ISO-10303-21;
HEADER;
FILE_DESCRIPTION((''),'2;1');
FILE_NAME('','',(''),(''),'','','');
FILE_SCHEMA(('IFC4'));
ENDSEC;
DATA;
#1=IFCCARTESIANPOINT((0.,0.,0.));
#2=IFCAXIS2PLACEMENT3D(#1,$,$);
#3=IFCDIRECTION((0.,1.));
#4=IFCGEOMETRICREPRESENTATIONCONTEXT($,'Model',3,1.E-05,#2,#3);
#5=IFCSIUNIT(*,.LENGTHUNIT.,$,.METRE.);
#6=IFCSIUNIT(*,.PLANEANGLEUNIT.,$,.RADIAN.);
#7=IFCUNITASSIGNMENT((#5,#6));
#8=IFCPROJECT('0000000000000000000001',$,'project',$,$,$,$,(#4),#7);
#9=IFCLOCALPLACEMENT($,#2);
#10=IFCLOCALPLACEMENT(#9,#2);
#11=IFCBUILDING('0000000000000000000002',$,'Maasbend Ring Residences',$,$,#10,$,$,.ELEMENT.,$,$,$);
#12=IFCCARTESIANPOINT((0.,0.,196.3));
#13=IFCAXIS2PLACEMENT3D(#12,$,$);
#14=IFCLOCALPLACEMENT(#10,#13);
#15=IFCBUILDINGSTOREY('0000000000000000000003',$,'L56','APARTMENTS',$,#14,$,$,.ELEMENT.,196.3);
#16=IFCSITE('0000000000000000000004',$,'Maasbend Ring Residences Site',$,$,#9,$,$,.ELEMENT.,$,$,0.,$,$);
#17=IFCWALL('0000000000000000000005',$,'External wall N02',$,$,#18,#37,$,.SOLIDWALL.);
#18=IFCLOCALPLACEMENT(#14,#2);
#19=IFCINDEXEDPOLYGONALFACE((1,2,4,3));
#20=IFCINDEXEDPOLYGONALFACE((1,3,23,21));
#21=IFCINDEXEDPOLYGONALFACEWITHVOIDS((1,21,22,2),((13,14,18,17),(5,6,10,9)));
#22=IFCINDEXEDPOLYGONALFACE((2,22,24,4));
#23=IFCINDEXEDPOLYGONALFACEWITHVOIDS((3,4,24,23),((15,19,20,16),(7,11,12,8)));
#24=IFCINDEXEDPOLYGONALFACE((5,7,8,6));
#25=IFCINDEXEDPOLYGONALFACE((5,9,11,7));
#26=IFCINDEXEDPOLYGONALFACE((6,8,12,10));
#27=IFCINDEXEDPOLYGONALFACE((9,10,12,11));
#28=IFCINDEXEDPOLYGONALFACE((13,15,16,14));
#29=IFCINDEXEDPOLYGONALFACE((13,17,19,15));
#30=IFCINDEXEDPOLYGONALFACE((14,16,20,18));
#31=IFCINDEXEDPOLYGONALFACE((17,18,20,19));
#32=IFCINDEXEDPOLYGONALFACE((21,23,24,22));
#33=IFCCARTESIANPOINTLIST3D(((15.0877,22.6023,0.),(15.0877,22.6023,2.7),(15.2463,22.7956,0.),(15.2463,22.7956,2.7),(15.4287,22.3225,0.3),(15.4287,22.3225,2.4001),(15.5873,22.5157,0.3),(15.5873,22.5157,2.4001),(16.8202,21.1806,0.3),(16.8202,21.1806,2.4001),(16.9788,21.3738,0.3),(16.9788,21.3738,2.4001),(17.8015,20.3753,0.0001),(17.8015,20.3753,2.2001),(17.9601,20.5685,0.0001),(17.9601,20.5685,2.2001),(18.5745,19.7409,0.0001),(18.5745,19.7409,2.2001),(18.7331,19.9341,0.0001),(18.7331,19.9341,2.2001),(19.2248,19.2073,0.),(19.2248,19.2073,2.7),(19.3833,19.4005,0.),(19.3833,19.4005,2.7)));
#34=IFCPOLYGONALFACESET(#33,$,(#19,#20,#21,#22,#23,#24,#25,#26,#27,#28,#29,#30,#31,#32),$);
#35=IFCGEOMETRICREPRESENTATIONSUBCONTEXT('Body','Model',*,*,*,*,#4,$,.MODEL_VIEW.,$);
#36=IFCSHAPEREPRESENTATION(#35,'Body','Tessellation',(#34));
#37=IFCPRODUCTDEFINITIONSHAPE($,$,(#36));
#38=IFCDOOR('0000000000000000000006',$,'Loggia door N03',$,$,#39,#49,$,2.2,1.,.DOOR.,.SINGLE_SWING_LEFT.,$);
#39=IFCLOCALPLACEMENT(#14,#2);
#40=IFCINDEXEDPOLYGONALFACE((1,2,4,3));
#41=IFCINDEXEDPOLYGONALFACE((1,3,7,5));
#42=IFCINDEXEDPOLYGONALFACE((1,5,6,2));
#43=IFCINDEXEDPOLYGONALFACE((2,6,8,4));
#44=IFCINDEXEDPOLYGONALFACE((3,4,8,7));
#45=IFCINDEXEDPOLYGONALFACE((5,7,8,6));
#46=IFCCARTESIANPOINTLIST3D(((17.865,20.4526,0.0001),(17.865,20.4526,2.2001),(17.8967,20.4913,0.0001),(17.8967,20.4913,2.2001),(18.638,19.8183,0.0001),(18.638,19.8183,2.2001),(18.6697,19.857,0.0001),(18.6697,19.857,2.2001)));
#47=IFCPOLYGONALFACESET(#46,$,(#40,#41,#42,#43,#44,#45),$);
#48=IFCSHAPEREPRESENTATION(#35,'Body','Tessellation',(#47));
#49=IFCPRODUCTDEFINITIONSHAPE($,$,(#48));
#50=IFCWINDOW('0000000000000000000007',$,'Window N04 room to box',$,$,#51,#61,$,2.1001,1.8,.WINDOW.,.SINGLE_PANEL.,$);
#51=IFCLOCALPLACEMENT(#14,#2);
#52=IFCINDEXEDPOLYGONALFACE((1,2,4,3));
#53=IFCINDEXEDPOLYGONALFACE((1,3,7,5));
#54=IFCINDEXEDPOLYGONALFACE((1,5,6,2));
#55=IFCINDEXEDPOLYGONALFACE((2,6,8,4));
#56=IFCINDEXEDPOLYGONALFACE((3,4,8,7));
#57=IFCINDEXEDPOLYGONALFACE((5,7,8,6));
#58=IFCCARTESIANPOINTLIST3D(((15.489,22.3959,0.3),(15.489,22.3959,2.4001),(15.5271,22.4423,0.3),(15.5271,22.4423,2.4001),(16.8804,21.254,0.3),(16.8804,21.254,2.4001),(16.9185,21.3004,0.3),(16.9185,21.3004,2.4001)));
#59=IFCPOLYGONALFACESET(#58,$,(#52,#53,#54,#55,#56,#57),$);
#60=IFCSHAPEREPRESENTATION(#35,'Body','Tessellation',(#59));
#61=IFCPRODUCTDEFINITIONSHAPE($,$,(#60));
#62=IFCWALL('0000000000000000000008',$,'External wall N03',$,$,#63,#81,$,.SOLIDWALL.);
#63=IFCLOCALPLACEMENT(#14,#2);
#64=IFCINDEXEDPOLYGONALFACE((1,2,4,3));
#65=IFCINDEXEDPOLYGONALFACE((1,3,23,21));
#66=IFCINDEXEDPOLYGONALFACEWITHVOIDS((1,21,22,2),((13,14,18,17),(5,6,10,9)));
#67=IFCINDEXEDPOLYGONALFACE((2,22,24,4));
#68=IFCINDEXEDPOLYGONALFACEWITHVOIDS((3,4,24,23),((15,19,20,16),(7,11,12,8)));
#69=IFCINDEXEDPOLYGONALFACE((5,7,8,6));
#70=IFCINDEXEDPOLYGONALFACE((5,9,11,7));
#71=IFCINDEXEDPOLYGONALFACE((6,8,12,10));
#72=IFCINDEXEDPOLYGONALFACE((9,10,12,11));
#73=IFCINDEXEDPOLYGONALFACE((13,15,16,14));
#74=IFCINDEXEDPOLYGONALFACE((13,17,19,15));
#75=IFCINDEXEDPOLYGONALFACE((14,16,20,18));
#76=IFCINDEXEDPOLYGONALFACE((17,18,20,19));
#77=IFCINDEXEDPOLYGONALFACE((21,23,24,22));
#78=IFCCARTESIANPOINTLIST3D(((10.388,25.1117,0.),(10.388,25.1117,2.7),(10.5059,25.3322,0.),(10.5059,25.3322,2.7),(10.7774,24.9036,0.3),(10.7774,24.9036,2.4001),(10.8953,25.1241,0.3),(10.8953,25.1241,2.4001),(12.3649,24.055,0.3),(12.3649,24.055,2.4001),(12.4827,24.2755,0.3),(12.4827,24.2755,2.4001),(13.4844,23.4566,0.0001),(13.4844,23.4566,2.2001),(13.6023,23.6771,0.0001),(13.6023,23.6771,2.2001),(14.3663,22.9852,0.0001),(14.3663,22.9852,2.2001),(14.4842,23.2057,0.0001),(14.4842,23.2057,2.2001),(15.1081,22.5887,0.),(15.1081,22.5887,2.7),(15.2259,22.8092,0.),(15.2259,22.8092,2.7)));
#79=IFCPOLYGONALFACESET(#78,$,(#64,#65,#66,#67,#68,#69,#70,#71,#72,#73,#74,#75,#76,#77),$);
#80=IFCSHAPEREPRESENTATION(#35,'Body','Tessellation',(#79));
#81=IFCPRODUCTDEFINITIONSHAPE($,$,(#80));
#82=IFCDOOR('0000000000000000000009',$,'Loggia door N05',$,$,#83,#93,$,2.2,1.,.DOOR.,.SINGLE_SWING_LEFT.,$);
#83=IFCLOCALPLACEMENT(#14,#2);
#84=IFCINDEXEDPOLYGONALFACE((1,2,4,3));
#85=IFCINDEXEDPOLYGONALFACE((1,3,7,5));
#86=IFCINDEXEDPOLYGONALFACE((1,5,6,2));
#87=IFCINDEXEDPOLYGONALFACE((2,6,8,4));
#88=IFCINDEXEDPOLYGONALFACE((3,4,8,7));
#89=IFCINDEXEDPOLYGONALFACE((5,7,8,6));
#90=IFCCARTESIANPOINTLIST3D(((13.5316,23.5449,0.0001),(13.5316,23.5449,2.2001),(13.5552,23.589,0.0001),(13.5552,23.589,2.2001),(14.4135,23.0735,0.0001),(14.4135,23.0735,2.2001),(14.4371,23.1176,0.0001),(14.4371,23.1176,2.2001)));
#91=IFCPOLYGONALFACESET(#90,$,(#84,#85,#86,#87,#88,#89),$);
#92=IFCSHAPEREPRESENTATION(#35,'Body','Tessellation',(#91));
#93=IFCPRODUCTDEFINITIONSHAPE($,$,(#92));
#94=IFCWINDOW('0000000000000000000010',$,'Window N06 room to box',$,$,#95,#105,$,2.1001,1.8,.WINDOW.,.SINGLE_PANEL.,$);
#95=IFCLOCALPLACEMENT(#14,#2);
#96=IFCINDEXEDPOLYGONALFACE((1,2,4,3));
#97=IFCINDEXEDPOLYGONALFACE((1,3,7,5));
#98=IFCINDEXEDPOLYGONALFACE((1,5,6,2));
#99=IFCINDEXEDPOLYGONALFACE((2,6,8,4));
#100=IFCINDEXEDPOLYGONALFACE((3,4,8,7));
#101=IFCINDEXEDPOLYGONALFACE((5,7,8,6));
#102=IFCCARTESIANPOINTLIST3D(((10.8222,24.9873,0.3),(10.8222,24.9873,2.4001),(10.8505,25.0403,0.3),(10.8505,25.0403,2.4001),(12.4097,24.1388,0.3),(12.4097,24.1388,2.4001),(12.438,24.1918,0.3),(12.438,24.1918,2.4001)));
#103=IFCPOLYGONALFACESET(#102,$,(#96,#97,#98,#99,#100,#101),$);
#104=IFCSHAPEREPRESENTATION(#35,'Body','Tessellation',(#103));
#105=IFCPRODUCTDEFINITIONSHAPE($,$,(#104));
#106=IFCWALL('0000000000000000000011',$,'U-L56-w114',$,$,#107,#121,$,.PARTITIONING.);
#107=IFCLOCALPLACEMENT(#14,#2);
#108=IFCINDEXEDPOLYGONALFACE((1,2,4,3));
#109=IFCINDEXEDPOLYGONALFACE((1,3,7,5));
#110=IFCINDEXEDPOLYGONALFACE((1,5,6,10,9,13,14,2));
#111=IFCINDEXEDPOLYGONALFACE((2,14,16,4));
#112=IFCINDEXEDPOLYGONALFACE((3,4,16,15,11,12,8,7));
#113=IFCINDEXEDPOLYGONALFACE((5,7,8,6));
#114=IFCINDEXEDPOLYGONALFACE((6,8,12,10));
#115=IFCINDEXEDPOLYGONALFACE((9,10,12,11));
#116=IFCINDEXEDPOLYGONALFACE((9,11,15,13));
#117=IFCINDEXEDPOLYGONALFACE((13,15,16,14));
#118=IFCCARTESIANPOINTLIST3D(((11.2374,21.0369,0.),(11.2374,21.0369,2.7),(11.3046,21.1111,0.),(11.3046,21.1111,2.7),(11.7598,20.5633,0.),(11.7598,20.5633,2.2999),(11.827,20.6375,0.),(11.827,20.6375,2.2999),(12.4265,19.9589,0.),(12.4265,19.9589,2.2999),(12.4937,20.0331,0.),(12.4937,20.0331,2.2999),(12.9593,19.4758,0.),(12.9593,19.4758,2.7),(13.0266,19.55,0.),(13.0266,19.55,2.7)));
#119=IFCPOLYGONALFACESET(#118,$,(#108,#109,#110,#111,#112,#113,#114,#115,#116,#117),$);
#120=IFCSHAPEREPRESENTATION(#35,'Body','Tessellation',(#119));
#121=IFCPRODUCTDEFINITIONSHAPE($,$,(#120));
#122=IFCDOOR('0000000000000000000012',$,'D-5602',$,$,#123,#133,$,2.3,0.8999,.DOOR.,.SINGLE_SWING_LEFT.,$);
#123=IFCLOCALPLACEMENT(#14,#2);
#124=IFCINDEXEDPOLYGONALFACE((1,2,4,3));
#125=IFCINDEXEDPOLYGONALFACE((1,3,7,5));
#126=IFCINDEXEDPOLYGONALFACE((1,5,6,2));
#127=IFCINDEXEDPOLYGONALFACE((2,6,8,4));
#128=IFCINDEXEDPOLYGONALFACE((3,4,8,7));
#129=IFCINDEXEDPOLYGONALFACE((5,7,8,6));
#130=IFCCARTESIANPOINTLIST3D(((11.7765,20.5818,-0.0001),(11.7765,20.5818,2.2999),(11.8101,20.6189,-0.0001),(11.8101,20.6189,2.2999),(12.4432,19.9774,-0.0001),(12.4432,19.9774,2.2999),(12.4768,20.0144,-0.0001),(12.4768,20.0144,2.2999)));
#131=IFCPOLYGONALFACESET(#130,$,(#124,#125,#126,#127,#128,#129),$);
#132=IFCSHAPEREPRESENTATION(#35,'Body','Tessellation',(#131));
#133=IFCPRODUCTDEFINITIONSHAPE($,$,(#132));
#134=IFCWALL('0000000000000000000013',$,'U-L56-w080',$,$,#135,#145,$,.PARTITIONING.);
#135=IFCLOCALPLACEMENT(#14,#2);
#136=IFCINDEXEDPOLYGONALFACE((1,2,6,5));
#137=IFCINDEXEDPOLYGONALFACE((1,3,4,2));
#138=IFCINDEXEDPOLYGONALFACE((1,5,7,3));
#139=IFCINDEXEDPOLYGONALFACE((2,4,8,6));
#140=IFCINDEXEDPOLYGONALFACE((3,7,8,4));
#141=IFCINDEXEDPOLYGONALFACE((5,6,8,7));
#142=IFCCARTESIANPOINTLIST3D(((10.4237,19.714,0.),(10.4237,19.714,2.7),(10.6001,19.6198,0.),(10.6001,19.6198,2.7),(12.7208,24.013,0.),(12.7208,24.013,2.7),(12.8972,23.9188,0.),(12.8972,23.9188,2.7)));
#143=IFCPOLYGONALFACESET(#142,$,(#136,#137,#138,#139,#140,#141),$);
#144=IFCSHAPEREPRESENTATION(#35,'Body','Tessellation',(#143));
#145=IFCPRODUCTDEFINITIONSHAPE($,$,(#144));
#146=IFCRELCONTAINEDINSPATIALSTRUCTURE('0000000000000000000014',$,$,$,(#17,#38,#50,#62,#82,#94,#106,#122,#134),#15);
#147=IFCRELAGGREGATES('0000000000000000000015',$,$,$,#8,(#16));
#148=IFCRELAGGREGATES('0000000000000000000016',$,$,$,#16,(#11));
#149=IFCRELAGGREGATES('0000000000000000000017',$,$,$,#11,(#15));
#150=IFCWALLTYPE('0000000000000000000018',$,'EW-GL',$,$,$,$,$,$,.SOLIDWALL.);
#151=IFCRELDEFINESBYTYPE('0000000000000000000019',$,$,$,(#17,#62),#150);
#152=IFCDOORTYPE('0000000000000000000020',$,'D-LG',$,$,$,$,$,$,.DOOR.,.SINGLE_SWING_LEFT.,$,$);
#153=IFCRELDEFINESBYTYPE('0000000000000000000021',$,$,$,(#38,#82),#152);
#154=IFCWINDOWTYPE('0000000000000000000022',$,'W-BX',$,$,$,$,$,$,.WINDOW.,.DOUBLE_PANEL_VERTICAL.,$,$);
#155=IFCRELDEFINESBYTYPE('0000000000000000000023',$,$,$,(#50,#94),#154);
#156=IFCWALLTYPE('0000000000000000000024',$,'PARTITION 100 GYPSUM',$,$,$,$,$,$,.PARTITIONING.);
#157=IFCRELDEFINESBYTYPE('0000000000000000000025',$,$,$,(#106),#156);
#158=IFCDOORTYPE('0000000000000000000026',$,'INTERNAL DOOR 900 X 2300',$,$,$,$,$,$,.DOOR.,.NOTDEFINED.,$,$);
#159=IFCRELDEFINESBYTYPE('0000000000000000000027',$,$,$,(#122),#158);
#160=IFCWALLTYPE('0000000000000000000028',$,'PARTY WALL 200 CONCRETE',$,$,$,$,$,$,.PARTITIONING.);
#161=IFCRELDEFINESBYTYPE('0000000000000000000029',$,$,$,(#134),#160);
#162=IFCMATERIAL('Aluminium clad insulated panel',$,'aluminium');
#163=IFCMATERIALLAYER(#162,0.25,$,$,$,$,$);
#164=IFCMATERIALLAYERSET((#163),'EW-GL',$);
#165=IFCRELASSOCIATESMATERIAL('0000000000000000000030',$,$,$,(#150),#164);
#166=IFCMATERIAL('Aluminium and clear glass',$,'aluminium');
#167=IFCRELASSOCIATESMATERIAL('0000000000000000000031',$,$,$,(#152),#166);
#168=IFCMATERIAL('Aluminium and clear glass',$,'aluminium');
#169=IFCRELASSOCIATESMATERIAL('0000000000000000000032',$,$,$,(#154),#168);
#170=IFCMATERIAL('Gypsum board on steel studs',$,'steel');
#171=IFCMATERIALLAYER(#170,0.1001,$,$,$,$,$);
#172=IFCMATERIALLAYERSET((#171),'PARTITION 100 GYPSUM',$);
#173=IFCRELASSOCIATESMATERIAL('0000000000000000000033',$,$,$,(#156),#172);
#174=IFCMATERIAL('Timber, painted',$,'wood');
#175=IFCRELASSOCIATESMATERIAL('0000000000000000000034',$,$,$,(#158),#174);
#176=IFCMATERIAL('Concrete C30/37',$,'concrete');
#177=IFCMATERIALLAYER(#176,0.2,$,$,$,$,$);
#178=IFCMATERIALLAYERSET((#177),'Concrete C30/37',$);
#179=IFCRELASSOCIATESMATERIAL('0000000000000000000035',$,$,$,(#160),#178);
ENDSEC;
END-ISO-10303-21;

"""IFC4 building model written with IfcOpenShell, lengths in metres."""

from ifc_helpers import new_model, si_unit, direction, frame, frame_2d, origin, place, context, subcontext, project, spatial, rectangle, extrude, material, layer, layer_set, type_object, element, fill, save


model = new_model("IFC4")

# Units and contexts
model_context = context("Model", 3, precision=1e-05, world=origin(), true_north=direction((0.0, 1.0)))
body_context = subcontext(model_context, "Body", "Model", "MODEL_VIEW")
ifc_project = project(units=[si_unit("LENGTHUNIT", "METRE"), si_unit("PLANEANGLEUNIT", "RADIAN")], contexts=[model_context])

# Site, building, storey
site_placement = place(None, origin())
site = spatial("IfcSite", under=ifc_project, at=site_placement, Name="Maasbend Ring Residences Site", CompositionType="ELEMENT", RefElevation=0.0)
building_placement = place(site_placement, origin())
building = spatial("IfcBuilding", under=site, at=building_placement, Name="Maasbend Ring Residences", CompositionType="ELEMENT")
storey_placement = place(building_placement, frame((0.0, 0.0, 196.3)))
storey = spatial("IfcBuildingStorey", under=building, at=storey_placement, Name="L56", Description="APARTMENTS", CompositionType="ELEMENT", Elevation=196.3)

# Walls, openings, doors, windows
ifc_material_1 = material(Name="Aluminium clad insulated panel", Category="aluminium")
ifc_layer_1 = layer(ifc_material_1, 0.25)
ifc_layer_set_1 = layer_set([ifc_layer_1], Name="EW-GL")
wall_type_1 = type_object("IfcWallType", Name="EW-GL", PredefinedType="SOLIDWALL", material=ifc_layer_set_1)
wall_1_placement = place(storey_placement, frame((19.304, 19.304, 0.0), z_axis=(0.0, 0.0, 1.0), x_axis=(-0.773019, 0.634382, 0.0)))
wall_1 = element("IfcWall", 1, at=wall_1_placement, inside=storey, type_object=wall_type_1, Name="External wall N02", PredefinedType="SOLIDWALL", context=body_context, shape_type="SweptSolid", body=[
    extrude(rectangle(XDim=5.3518, YDim=0.25, at=frame_2d((2.6758, 0.0))), origin(), (0.0, 0.0, 1.0), 2.7),
])
opening_1_placement = place(wall_1_placement, frame((0.8411, 0.0, 0.0)))
opening_1 = element("IfcOpeningElement", 2, at=opening_1_placement, cuts=wall_1, PredefinedType="OPENING", context=body_context, shape_type="SweptSolid", body=[
    extrude(rectangle(XDim=1.0, YDim=2.2, at=frame_2d((0.5, 1.1001))), frame((0.0, 0.135, 0.0), z_axis=(0.0, -1.0, 0.0), x_axis=(1.0, 0.0, 0.0)), (0.0, 0.0, 1.0), 0.27),
])
opening_2_placement = place(wall_1_placement, frame((3.1106, 0.0, 0.3)))
opening_2 = element("IfcOpeningElement", 3, at=opening_2_placement, cuts=wall_1, PredefinedType="OPENING", context=body_context, shape_type="SweptSolid", body=[
    extrude(rectangle(XDim=1.8, YDim=2.1001, at=frame_2d((0.8999, 1.05))), frame((0.0, 0.135, 0.0), z_axis=(0.0, -1.0, 0.0), x_axis=(1.0, 0.0, 0.0)), (0.0, 0.0, 1.0), 0.27),
])
ifc_material_2 = material(Name="Aluminium and clear glass", Category="aluminium")
door_type_1 = type_object("IfcDoorType", Name="D-LG", OperationType="SINGLE_SWING_LEFT", PredefinedType="DOOR", material=ifc_material_2)
door_1_placement = place(opening_1_placement, origin())
door_1 = element("IfcDoor", 4, at=door_1_placement, inside=storey, type_object=door_type_1, Name="Loggia door N03", OperationType="SINGLE_SWING_LEFT", OverallHeight=2.2, OverallWidth=1.0, PredefinedType="DOOR", context=body_context, shape_type="SweptSolid", body=[
    extrude(rectangle(XDim=1.0, YDim=2.2, at=frame_2d((0.5, 1.1001))), frame((0.0, 0.0249, 0.0), z_axis=(0.0, -1.0, 0.0), x_axis=(1.0, 0.0, 0.0)), (0.0, 0.0, 1.0), 0.05),
])
fill(opening_1, door_1)
ifc_material_3 = material(Name="Aluminium and clear glass", Category="aluminium")
window_type_1 = type_object("IfcWindowType", Name="W-BX", PartitioningType="DOUBLE_PANEL_VERTICAL", PredefinedType="WINDOW", material=ifc_material_3)
window_1_placement = place(opening_2_placement, origin())
window_1 = element("IfcWindow", 5, at=window_1_placement, inside=storey, type_object=window_type_1, Name="Window N04 room to box", OverallHeight=2.1001, OverallWidth=1.8, PartitioningType="SINGLE_PANEL", PredefinedType="WINDOW", context=body_context, shape_type="SweptSolid", body=[
    extrude(rectangle(XDim=1.8, YDim=2.1001, at=frame_2d((0.8999, 1.05))), frame((0.0, 0.03, 0.0), z_axis=(0.0, -1.0, 0.0), x_axis=(1.0, 0.0, 0.0)), (0.0, 0.0, 1.0), 0.0601),
])
fill(opening_2, window_1)
wall_2_placement = place(storey_placement, frame((15.167, 22.699, 0.0), z_axis=(0.0, 0.0, 1.0), x_axis=(-0.881916, 0.471407, 0.0)))
wall_2 = element("IfcWall", 6, at=wall_2_placement, inside=storey, type_object=wall_type_1, Name="External wall N03", PredefinedType="SOLIDWALL", context=body_context, shape_type="SweptSolid", body=[
    extrude(rectangle(XDim=5.3521, YDim=0.25, at=frame_2d((2.676, 0.0))), origin(), (0.0, 0.0, 1.0), 2.7),
])
opening_3_placement = place(wall_2_placement, frame((0.8411, 0.0, 0.0)))
opening_3 = element("IfcOpeningElement", 7, at=opening_3_placement, cuts=wall_2, PredefinedType="OPENING", context=body_context, shape_type="SweptSolid", body=[
    extrude(rectangle(XDim=1.0, YDim=2.2, at=frame_2d((0.5, 1.1001))), frame((0.0, 0.135, 0.0), z_axis=(0.0, -1.0, 0.0), x_axis=(1.0, 0.0, 0.0)), (0.0, 0.0, 1.0), 0.27),
])
opening_4_placement = place(wall_2_placement, frame((3.1106, 0.0, 0.3)))
opening_4 = element("IfcOpeningElement", 8, at=opening_4_placement, cuts=wall_2, PredefinedType="OPENING", context=body_context, shape_type="SweptSolid", body=[
    extrude(rectangle(XDim=1.8, YDim=2.1001, at=frame_2d((0.8999, 1.05))), frame((0.0, 0.135, 0.0), z_axis=(0.0, -1.0, 0.0), x_axis=(1.0, 0.0, 0.0)), (0.0, 0.0, 1.0), 0.27),
])
door_2_placement = place(opening_3_placement, origin())
door_2 = element("IfcDoor", 9, at=door_2_placement, inside=storey, type_object=door_type_1, Name="Loggia door N05", OperationType="SINGLE_SWING_LEFT", OverallHeight=2.2, OverallWidth=1.0, PredefinedType="DOOR", context=body_context, shape_type="SweptSolid", body=[
    extrude(rectangle(XDim=1.0, YDim=2.2, at=frame_2d((0.5, 1.1001))), frame((0.0, 0.0249, 0.0), z_axis=(0.0, -1.0, 0.0), x_axis=(1.0, 0.0, 0.0)), (0.0, 0.0, 1.0), 0.05),
])
fill(opening_3, door_2)
window_2_placement = place(opening_4_placement, origin())
window_2 = element("IfcWindow", 10, at=window_2_placement, inside=storey, type_object=window_type_1, Name="Window N06 room to box", OverallHeight=2.1001, OverallWidth=1.8, PartitioningType="SINGLE_PANEL", PredefinedType="WINDOW", context=body_context, shape_type="SweptSolid", body=[
    extrude(rectangle(XDim=1.8, YDim=2.1001, at=frame_2d((0.8999, 1.05))), frame((0.0, 0.03, 0.0), z_axis=(0.0, -1.0, 0.0), x_axis=(1.0, 0.0, 0.0)), (0.0, 0.0, 1.0), 0.0601),
])
fill(opening_4, window_2)

# Wall, opening, door
ifc_material_4 = material(Name="Gypsum board on steel studs", Category="steel")
ifc_layer_2 = layer(ifc_material_4, 0.1001)
ifc_layer_set_2 = layer_set([ifc_layer_2], Name="PARTITION 100 GYPSUM")
wall_type_2 = type_object("IfcWallType", Name="PARTITION 100 GYPSUM", PredefinedType="PARTITIONING", material=ifc_layer_set_2)
wall_3_placement = place(storey_placement, frame((11.271, 21.074, 0.0), z_axis=(0.0, 0.0, 1.0), x_axis=(0.740871, -0.671647, 0.0)))
wall_3 = element("IfcWall", 11, at=wall_3_placement, inside=storey, type_object=wall_type_2, Name="U-L56-w114", PredefinedType="PARTITIONING", context=body_context, shape_type="SweptSolid", body=[
    extrude(rectangle(XDim=2.3242, YDim=0.1001, at=frame_2d((1.1621, 0.0))), origin(), (0.0, 0.0, 1.0), 2.7),
])
opening_5_placement = place(wall_3_placement, frame((0.7051, 0.0, 0.0)))
opening_5 = element("IfcOpeningElement", 12, at=opening_5_placement, cuts=wall_3, PredefinedType="OPENING", context=body_context, shape_type="SweptSolid", body=[
    extrude(rectangle(XDim=0.8999, YDim=2.3, at=frame_2d((0.45, 1.1499))), frame((0.0, 0.0601, 0.0), z_axis=(0.0, -1.0, 0.0), x_axis=(1.0, 0.0, 0.0)), (0.0, 0.0, 1.0), 0.1201),
])
ifc_material_5 = material(Name="Timber, painted", Category="wood")
door_type_2 = type_object("IfcDoorType", Name="INTERNAL DOOR 900 X 2300", OperationType="NOTDEFINED", PredefinedType="DOOR", material=ifc_material_5)
door_3_placement = place(opening_5_placement, origin())
door_3 = element("IfcDoor", 13, at=door_3_placement, inside=storey, type_object=door_type_2, Name="D-5602", OperationType="SINGLE_SWING_LEFT", OverallHeight=2.3, OverallWidth=0.8999, PredefinedType="DOOR", context=body_context, shape_type="SweptSolid", body=[
    extrude(rectangle(XDim=0.8999, YDim=2.3, at=frame_2d((0.45, 1.1499))), frame((0.0, 0.0249, 0.0), z_axis=(0.0, -1.0, 0.0), x_axis=(1.0, 0.0, 0.0)), (0.0, 0.0, 1.0), 0.05),
])
fill(opening_5, door_3)

# Wall
ifc_material_6 = material(Name="Concrete C30/37", Category="concrete")
ifc_layer_3 = layer(ifc_material_6, 0.2)
ifc_layer_set_3 = layer_set([ifc_layer_3], Name="Concrete C30/37")
wall_type_3 = type_object("IfcWallType", Name="PARTY WALL 200 CONCRETE", PredefinedType="PARTITIONING", material=ifc_layer_set_3)
wall_4_placement = place(storey_placement, frame((10.512, 19.667, 0.0), z_axis=(0.0, 0.0, 1.0), x_axis=(0.471272, 0.881988, 0.0)))
element("IfcWall", 14, at=wall_4_placement, inside=storey, type_object=wall_type_3, Name="U-L56-w080", PredefinedType="PARTITIONING", context=body_context, shape_type="SweptSolid", body=[
    extrude(rectangle(XDim=4.8743, YDim=0.2, at=frame_2d((2.437, 0.0))), origin(), (0.0, 0.0, 1.0), 2.7),
])

save(model, "model.ifc")
